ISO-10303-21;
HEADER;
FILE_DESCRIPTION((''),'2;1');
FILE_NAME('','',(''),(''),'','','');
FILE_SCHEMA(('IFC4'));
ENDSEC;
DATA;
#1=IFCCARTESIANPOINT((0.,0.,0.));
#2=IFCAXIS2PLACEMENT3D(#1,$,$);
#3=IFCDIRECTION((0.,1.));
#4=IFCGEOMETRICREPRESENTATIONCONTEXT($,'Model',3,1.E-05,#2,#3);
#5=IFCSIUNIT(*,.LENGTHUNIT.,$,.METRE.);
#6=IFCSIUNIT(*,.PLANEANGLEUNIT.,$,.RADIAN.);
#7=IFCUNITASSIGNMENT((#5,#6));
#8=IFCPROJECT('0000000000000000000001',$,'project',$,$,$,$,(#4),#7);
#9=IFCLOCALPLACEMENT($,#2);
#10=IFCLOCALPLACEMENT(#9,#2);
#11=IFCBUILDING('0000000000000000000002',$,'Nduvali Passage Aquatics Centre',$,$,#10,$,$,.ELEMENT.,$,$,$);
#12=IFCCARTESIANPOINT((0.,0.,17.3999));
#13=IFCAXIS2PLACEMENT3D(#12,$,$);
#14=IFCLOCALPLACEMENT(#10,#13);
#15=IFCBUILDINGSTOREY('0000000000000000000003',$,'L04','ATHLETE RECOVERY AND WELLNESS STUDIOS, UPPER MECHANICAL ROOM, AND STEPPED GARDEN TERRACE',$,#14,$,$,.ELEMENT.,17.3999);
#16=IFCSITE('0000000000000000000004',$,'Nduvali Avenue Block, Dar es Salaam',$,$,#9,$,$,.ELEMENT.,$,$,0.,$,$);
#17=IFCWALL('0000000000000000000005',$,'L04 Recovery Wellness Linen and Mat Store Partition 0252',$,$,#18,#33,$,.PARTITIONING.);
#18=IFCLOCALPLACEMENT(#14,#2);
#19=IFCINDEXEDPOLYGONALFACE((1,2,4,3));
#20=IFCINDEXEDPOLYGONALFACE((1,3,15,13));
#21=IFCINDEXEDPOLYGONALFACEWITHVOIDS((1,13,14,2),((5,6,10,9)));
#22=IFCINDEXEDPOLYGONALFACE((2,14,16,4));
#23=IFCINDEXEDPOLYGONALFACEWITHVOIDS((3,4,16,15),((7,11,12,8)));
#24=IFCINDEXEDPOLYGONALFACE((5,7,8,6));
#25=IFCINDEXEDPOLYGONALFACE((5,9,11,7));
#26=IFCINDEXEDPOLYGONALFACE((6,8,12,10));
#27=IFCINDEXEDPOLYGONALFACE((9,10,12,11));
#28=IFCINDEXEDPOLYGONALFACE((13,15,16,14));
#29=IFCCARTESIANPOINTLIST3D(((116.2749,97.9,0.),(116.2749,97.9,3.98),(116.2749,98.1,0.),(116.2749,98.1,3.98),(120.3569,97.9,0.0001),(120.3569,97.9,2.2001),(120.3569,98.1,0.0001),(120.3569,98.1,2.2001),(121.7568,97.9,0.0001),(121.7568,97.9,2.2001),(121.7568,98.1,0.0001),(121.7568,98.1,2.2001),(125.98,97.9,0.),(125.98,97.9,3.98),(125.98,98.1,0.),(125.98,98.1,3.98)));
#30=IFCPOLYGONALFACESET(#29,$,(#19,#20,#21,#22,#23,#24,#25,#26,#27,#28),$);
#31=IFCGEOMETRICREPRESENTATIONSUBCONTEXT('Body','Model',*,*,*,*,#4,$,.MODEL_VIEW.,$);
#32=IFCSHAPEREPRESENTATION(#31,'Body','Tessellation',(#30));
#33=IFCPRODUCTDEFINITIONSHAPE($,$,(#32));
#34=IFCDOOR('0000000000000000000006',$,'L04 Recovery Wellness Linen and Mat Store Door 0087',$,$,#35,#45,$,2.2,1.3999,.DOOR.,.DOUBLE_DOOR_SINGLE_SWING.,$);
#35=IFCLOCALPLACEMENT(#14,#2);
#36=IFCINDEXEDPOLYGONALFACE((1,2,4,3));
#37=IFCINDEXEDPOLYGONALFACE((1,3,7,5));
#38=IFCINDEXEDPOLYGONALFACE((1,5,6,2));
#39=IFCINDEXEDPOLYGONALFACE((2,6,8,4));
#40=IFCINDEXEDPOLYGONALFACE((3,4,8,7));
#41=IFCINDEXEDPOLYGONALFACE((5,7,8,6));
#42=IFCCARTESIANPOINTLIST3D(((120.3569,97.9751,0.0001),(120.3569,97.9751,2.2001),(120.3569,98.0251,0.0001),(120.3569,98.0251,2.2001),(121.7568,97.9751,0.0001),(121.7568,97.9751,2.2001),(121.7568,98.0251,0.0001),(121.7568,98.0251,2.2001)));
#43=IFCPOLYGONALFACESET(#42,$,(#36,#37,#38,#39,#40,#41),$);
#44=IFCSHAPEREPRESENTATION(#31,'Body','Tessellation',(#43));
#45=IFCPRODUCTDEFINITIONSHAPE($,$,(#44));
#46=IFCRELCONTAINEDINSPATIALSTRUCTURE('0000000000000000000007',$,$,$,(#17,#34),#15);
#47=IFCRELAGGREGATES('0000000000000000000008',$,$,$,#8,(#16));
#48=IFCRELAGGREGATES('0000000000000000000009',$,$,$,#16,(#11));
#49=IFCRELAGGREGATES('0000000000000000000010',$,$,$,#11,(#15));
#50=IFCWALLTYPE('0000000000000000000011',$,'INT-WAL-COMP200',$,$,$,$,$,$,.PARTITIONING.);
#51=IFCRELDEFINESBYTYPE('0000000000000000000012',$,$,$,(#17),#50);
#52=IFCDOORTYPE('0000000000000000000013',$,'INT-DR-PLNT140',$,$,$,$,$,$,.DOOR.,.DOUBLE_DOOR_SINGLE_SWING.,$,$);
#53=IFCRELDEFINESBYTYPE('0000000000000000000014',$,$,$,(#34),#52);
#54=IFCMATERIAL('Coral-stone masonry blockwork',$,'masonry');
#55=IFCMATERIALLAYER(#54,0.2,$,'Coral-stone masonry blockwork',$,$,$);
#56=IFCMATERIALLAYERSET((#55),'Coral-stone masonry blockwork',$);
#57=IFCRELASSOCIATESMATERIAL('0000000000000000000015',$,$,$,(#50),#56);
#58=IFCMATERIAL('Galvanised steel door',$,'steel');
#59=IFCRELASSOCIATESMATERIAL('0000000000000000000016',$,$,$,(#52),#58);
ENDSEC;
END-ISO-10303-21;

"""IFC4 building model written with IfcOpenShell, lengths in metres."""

from ifc_helpers import new_model, si_unit, direction, frame, frame_2d, origin, place, context, subcontext, project, spatial, rectangle, extrude, material, layer, layer_set, type_object, element, fill, save


model = new_model("IFC4")

# Units and contexts
model_context = context("Model", 3, precision=1e-05, world=origin(), true_north=direction((0.0, 1.0)))
body_context = subcontext(model_context, "Body", "Model", "MODEL_VIEW")
ifc_project = project(units=[si_unit("LENGTHUNIT", "METRE"), si_unit("PLANEANGLEUNIT", "RADIAN")], contexts=[model_context])

# Site, building, storey
site_placement = place(None, origin())
site = spatial("IfcSite", under=ifc_project, at=site_placement, Name="Nduvali Avenue Block, Dar es Salaam", CompositionType="ELEMENT", RefElevation=0.0)
building_placement = place(site_placement, origin())
building = spatial("IfcBuilding", under=site, at=building_placement, Name="Nduvali Passage Aquatics Centre", CompositionType="ELEMENT")
storey_placement = place(building_placement, frame((0.0, 0.0, 17.3999)))
storey = spatial("IfcBuildingStorey", under=building, at=storey_placement, Name="L04", Description="ATHLETE RECOVERY AND WELLNESS STUDIOS, UPPER MECHANICAL ROOM, AND STEPPED GARDEN TERRACE", CompositionType="ELEMENT", Elevation=17.3999)

# Wall, opening, door
ifc_material_1 = material(Name="Coral-stone masonry blockwork", Category="masonry")
ifc_layer_1 = layer(ifc_material_1, 0.2, Name="Coral-stone masonry blockwork")
ifc_layer_set_1 = layer_set([ifc_layer_1], Name="Coral-stone masonry blockwork")
wall_type = type_object("IfcWallType", Name="INT-WAL-COMP200", PredefinedType="PARTITIONING", material=ifc_layer_set_1)
wall_placement = place(storey_placement, frame((116.2749, 98.0, 0.0), z_axis=(0.0, 0.0, 1.0), x_axis=(1.0, 0.0, 0.0)))
wall = element("IfcWall", 1, at=wall_placement, inside=storey, type_object=wall_type, Name="L04 Recovery Wellness Linen and Mat Store Partition 0252", PredefinedType="PARTITIONING", context=body_context, shape_type="SweptSolid", body=[
    extrude(rectangle(XDim=9.7051, YDim=0.2, at=frame_2d((4.8525, 0.0))), origin(), (0.0, 0.0, 1.0), 3.98),
])
opening_placement = place(wall_placement, frame((4.082, 0.0, 0.0)))
opening = element("IfcOpeningElement", 2, at=opening_placement, cuts=wall, PredefinedType="OPENING", context=body_context, shape_type="SweptSolid", body=[
    extrude(rectangle(XDim=1.3999, YDim=2.2, at=frame_2d((0.7, 1.1001))), frame((0.0, 0.1147, 0.0), z_axis=(0.0, -1.0, 0.0), x_axis=(1.0, 0.0, 0.0)), (0.0, 0.0, 1.0), 0.2297),
])
ifc_material_2 = material(Name="Galvanised steel door", Category="steel")
door_type = type_object("IfcDoorType", Name="INT-DR-PLNT140", OperationType="DOUBLE_DOOR_SINGLE_SWING", PredefinedType="DOOR", material=ifc_material_2)
door_placement = place(opening_placement, frame((1.3999, 0.0, 0.0), z_axis=(0.0, 0.0, 1.0), x_axis=(-1.0, 0.0, 0.0)))
door = element("IfcDoor", 3, at=door_placement, inside=storey, type_object=door_type, Name="L04 Recovery Wellness Linen and Mat Store Door 0087", OperationType="DOUBLE_DOOR_SINGLE_SWING", OverallHeight=2.2, OverallWidth=1.3999, PredefinedType="DOOR", context=body_context, shape_type="SweptSolid", body=[
    extrude(rectangle(XDim=1.3999, YDim=2.2, at=frame_2d((0.7, 1.1001))), frame((0.0, 0.0249, 0.0), z_axis=(0.0, -1.0, 0.0), x_axis=(1.0, 0.0, 0.0)), (0.0, 0.0, 1.0), 0.05),
])
fill(opening, door)

save(model, "model.ifc")
